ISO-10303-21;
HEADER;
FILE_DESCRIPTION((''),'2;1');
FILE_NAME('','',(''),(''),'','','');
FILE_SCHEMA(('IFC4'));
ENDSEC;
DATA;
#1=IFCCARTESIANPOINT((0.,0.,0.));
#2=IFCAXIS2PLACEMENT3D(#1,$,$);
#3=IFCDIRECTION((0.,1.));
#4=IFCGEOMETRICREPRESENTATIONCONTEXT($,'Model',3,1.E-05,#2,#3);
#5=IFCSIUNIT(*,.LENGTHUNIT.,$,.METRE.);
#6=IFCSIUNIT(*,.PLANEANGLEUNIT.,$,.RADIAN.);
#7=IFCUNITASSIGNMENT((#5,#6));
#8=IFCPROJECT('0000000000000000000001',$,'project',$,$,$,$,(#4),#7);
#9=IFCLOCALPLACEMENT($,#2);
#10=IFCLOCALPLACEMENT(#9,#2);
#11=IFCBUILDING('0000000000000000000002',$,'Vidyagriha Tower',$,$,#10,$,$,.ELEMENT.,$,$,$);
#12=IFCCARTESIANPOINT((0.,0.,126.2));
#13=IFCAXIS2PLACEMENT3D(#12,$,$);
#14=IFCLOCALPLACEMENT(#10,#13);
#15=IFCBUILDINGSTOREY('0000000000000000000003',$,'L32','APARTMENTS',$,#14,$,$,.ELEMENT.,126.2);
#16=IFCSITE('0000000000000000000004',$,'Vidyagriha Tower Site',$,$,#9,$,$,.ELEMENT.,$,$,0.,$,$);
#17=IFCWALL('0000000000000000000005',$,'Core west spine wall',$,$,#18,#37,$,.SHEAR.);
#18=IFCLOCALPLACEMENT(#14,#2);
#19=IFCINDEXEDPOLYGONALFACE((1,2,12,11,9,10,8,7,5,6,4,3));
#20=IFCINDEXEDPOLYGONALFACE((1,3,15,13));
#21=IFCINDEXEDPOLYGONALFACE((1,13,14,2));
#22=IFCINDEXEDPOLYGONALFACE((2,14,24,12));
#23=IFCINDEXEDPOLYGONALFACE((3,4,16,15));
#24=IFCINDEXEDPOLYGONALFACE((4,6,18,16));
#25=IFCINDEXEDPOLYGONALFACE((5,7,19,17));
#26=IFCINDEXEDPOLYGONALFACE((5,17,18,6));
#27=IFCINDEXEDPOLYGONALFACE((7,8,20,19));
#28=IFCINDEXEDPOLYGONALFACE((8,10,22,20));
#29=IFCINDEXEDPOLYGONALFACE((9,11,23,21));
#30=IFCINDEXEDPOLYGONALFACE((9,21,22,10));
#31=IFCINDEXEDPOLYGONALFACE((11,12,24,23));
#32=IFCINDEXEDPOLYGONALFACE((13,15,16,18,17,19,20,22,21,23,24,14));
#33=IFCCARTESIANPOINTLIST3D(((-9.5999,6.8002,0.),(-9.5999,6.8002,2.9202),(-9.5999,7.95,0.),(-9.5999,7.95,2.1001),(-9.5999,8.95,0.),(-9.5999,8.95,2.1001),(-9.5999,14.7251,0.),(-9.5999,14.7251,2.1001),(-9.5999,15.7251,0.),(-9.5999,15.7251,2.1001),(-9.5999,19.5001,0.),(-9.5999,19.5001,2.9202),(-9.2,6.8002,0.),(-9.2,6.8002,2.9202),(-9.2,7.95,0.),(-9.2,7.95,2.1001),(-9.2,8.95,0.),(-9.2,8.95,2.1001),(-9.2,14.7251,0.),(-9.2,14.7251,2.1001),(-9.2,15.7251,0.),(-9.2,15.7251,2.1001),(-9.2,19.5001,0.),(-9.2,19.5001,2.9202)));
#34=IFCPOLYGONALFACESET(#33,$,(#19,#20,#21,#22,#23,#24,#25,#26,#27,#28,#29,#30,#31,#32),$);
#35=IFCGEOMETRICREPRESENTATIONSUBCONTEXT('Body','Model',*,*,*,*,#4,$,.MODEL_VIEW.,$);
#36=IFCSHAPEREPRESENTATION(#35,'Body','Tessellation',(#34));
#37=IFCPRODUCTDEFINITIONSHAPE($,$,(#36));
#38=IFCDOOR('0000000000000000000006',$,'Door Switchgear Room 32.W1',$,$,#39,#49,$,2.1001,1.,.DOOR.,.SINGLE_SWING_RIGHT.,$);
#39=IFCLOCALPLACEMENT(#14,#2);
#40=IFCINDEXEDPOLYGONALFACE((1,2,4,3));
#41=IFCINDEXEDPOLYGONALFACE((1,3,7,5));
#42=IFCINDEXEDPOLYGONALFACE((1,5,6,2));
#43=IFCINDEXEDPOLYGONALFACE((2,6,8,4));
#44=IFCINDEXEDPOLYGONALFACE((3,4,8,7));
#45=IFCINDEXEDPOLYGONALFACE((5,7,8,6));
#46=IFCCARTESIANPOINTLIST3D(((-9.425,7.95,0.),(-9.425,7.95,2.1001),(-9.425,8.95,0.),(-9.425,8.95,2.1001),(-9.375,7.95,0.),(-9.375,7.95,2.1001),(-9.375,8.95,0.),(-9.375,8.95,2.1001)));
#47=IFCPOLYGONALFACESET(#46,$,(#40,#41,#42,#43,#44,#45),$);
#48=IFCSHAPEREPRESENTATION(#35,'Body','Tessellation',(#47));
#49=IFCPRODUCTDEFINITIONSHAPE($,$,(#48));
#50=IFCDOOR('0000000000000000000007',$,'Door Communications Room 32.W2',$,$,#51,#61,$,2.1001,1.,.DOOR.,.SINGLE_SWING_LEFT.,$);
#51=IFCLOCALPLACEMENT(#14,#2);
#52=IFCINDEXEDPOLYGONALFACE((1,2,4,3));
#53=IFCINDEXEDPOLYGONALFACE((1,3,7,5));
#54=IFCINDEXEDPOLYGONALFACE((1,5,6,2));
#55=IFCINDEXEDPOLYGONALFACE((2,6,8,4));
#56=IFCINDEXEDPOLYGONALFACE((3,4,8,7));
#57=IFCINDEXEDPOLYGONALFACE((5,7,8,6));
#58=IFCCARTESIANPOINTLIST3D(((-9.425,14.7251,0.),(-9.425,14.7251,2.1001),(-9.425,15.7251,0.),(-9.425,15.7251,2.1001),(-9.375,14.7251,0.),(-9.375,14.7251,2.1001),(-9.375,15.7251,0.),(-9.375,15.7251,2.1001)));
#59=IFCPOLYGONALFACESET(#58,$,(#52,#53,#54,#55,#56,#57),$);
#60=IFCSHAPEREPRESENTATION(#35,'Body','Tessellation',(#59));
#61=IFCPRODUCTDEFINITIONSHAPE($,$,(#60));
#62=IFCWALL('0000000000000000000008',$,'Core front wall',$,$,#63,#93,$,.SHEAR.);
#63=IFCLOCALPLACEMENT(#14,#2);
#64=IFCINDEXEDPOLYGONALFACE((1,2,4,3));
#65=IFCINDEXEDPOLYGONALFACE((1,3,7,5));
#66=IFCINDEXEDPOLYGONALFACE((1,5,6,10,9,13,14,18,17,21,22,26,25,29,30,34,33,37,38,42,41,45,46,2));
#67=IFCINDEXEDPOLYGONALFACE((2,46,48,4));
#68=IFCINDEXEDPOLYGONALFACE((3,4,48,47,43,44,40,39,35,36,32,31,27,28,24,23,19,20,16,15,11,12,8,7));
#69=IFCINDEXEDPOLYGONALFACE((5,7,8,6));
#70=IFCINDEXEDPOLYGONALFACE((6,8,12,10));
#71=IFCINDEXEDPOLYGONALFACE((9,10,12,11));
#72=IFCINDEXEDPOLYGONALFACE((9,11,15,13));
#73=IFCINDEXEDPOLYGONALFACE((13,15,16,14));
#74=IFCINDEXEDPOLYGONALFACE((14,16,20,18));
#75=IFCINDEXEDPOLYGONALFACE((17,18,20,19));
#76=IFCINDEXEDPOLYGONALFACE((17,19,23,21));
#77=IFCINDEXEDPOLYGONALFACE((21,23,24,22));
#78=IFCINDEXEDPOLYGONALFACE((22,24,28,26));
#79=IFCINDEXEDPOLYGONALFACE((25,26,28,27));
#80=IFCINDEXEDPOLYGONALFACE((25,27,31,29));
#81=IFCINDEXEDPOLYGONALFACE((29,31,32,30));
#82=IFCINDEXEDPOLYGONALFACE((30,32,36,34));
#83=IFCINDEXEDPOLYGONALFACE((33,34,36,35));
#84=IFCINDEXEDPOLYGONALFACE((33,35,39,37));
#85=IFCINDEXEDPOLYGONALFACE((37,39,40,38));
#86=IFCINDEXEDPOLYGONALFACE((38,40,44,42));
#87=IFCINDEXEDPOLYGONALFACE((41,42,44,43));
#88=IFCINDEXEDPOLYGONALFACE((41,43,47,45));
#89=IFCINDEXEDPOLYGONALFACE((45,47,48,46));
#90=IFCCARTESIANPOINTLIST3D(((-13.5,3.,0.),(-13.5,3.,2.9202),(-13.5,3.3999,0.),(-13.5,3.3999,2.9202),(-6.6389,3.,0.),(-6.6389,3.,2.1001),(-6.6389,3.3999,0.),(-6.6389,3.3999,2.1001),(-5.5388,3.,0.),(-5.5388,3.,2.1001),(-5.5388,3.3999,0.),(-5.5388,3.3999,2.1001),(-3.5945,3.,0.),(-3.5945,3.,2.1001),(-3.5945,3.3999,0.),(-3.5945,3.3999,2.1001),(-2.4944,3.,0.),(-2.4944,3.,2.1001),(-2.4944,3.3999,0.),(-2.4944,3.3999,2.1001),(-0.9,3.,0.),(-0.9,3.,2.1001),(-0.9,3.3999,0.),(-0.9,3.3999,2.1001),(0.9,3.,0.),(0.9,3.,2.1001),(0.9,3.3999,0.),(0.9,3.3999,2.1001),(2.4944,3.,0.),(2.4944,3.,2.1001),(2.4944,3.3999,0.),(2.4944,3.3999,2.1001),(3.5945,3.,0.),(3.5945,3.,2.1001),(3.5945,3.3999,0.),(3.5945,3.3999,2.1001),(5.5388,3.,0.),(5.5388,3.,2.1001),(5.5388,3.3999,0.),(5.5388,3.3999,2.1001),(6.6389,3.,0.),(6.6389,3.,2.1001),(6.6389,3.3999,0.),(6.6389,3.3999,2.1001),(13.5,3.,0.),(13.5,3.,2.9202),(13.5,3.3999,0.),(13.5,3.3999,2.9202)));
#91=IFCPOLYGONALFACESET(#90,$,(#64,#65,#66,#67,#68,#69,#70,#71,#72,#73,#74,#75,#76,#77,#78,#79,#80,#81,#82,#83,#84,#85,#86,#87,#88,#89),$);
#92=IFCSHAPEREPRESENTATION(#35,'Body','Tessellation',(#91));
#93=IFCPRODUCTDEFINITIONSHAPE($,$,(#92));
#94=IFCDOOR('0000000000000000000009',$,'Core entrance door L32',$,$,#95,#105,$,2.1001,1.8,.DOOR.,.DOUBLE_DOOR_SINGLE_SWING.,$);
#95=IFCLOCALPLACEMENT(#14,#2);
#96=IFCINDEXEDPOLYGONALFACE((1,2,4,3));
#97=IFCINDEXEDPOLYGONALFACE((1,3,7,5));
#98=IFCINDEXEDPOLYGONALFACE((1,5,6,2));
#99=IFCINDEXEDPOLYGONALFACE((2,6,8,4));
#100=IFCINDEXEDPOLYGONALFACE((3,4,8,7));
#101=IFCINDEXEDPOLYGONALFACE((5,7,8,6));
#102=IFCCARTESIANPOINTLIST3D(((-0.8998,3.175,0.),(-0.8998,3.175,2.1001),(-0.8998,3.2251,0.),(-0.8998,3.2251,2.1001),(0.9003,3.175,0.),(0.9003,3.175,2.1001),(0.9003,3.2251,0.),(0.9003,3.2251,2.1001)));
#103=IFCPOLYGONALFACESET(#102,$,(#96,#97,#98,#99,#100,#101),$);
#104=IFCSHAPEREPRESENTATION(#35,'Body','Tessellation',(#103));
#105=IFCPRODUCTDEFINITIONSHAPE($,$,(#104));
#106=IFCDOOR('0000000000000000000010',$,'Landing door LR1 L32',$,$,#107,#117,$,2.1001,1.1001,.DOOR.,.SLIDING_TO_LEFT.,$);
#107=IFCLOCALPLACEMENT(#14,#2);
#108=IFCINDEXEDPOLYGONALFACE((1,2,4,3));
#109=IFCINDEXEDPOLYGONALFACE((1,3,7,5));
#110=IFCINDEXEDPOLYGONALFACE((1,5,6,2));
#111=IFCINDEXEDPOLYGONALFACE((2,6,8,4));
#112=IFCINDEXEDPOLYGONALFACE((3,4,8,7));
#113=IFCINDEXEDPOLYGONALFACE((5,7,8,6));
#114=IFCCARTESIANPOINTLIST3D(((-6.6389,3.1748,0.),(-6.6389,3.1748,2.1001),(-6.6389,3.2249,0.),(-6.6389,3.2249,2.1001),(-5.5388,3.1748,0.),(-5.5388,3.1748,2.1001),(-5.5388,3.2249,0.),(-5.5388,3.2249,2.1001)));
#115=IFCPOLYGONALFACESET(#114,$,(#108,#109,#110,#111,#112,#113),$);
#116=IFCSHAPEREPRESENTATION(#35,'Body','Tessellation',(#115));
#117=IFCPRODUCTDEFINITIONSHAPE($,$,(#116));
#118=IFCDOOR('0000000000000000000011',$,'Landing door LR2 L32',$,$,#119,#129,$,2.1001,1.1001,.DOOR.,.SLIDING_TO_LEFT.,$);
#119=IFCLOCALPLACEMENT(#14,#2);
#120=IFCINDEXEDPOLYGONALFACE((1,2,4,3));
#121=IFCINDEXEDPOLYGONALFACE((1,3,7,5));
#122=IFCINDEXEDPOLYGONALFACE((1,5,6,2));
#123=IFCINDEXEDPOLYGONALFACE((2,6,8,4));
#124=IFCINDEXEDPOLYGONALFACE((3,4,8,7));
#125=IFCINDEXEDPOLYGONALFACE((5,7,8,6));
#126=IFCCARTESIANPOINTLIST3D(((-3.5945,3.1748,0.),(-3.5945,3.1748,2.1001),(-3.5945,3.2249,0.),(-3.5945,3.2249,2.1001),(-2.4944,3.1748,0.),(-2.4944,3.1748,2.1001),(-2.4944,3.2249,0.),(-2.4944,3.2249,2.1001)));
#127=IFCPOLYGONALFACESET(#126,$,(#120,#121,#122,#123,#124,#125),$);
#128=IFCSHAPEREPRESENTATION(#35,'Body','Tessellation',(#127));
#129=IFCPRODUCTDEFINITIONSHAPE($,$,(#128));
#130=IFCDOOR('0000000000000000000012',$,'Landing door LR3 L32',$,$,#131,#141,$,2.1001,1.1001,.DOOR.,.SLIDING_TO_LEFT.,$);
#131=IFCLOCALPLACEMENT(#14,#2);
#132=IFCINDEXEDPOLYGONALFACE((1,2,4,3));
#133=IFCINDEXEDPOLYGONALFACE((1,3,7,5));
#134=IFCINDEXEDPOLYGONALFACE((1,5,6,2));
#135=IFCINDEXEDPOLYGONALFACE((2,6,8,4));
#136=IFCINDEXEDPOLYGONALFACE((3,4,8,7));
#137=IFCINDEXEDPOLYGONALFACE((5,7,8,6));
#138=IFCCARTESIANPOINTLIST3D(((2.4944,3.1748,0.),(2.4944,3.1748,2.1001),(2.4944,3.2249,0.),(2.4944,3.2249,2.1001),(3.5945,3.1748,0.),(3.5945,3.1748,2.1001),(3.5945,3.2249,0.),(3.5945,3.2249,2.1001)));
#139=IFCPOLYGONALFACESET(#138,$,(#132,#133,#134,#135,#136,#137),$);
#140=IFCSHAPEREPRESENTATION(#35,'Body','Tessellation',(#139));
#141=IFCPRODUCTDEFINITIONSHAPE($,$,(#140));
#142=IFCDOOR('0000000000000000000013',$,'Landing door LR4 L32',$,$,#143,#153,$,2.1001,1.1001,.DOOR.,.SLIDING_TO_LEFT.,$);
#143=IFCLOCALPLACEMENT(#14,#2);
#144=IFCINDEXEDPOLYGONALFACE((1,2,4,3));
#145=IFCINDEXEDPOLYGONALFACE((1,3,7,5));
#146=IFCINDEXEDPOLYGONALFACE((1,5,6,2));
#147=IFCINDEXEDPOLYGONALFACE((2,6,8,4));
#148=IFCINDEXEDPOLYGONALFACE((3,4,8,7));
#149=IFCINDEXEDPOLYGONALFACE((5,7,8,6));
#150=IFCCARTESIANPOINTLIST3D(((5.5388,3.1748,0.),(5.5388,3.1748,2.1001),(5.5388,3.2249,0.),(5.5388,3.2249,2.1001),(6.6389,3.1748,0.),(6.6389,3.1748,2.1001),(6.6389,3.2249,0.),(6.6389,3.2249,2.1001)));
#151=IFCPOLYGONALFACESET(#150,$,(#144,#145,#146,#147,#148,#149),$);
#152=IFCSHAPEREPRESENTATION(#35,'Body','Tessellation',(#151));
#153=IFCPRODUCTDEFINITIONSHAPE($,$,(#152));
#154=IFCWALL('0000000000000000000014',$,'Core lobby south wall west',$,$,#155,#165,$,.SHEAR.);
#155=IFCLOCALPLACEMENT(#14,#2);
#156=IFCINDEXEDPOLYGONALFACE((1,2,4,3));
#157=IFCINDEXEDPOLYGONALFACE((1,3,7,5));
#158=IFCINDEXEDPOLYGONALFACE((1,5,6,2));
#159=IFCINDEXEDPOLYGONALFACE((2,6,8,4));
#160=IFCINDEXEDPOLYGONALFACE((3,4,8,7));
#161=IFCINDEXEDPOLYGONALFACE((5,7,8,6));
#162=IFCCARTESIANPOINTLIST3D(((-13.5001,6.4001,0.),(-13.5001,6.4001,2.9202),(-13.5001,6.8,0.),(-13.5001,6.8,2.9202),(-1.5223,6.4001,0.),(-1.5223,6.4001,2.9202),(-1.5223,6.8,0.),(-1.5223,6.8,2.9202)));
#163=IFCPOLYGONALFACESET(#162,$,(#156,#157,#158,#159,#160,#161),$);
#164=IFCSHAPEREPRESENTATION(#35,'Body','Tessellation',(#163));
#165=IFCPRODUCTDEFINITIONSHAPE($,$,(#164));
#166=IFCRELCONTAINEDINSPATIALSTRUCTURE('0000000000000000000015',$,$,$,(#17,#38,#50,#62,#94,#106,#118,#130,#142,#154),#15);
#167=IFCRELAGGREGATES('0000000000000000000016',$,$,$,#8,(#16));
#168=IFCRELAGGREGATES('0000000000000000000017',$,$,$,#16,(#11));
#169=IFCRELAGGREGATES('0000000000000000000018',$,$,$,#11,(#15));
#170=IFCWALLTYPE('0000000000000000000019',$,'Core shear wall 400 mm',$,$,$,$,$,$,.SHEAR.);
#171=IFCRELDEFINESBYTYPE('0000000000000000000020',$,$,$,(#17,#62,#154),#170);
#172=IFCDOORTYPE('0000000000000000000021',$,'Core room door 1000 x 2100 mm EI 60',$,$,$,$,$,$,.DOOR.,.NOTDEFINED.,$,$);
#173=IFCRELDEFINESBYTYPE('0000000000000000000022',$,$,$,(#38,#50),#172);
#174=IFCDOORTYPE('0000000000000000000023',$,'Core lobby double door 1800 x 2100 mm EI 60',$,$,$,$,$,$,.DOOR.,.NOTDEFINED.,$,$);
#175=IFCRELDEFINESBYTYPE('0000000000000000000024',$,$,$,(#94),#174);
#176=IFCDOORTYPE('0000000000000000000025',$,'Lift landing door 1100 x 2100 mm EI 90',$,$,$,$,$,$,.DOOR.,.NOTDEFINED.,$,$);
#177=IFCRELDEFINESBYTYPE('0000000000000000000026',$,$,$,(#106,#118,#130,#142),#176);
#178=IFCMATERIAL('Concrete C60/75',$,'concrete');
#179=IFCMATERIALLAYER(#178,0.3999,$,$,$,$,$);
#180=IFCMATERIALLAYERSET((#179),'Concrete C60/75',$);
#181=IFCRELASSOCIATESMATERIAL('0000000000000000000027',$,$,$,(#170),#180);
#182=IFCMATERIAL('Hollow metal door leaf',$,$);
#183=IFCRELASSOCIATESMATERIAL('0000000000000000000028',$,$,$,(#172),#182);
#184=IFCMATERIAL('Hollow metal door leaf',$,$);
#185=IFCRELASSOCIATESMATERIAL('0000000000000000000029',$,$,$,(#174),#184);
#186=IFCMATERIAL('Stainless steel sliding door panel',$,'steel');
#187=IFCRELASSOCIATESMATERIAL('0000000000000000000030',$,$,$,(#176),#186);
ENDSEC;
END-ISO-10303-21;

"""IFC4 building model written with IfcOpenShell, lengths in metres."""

from ifc_helpers import new_model, si_unit, direction, frame, frame_2d, origin, place, context, subcontext, project, spatial, rectangle, extrude, material, layer, layer_set, type_object, element, fill, save


model = new_model("IFC4")

# Units and contexts
model_context = context("Model", 3, precision=1e-05, world=origin(), true_north=direction((0.0, 1.0)))
body_context = subcontext(model_context, "Body", "Model", "MODEL_VIEW")
ifc_project = project(units=[si_unit("LENGTHUNIT", "METRE"), si_unit("PLANEANGLEUNIT", "RADIAN")], contexts=[model_context])

# Site, building, storey
site_placement = place(None, origin())
site = spatial("IfcSite", under=ifc_project, at=site_placement, Name="Vidyagriha Tower Site", CompositionType="ELEMENT", RefElevation=0.0)
building_placement = place(site_placement, origin())
building = spatial("IfcBuilding", under=site, at=building_placement, Name="Vidyagriha Tower", CompositionType="ELEMENT")
storey_placement = place(building_placement, frame((0.0, 0.0, 126.2)))
storey = spatial("IfcBuildingStorey", under=building, at=storey_placement, Name="L32", Description="APARTMENTS", CompositionType="ELEMENT", Elevation=126.2)

# Walls, openings, doors
ifc_material_1 = material(Name="Concrete C60/75", Category="concrete")
ifc_layer_1 = layer(ifc_material_1, 0.3999)
ifc_layer_set_1 = layer_set([ifc_layer_1], Name="Concrete C60/75")
wall_type_1 = type_object("IfcWallType", Name="Core shear wall 400 mm", PredefinedType="SHEAR", material=ifc_layer_set_1)
wall_1_placement = place(storey_placement, frame((-9.3999, 6.8, 0.0), z_axis=(0.0, 0.0, 1.0), x_axis=(0.0, 1.0, 0.0)))
wall_1 = element("IfcWall", 1, at=wall_1_placement, inside=storey, type_object=wall_type_1, Name="Core west spine wall", PredefinedType="SHEAR", context=body_context, shape_type="SweptSolid", body=[
    extrude(rectangle(XDim=12.7, YDim=0.3999, at=frame_2d((6.3501, 0.0))), origin(), (0.0, 0.0, 1.0), 2.9202),
])
opening_1_placement = place(wall_1_placement, frame((1.1499, 0.0, 0.0)))
opening_1 = element("IfcOpeningElement", 2, at=opening_1_placement, cuts=wall_1, PredefinedType="OPENING", context=body_context, shape_type="SweptSolid", body=[
    extrude(rectangle(XDim=1.0, YDim=2.1001, at=frame_2d((0.5, 1.05))), frame((0.0, 0.21, 0.0), z_axis=(0.0, -1.0, 0.0), x_axis=(1.0, 0.0, 0.0)), (0.0, 0.0, 1.0), 0.4199),
])
opening_2_placement = place(wall_1_placement, frame((7.925, 0.0, 0.0)))
opening_2 = element("IfcOpeningElement", 3, at=opening_2_placement, cuts=wall_1, PredefinedType="OPENING", context=body_context, shape_type="SweptSolid", body=[
    extrude(rectangle(XDim=1.0, YDim=2.1001, at=frame_2d((0.5, 1.05))), frame((0.0, 0.21, 0.0), z_axis=(0.0, -1.0, 0.0), x_axis=(1.0, 0.0, 0.0)), (0.0, 0.0, 1.0), 0.4199),
])
ifc_material_2 = material(Name="Hollow metal door leaf")
door_type_1 = type_object("IfcDoorType", Name="Core room door 1000 x 2100 mm EI 60", OperationType="NOTDEFINED", PredefinedType="DOOR", material=ifc_material_2)
door_1_placement = place(opening_1_placement, frame((1.0, 0.0, 0.0), z_axis=(0.0, 0.0, 1.0), x_axis=(-1.0, 0.0, 0.0)))
door_1 = element("IfcDoor", 4, at=door_1_placement, inside=storey, type_object=door_type_1, Name="Door Switchgear Room 32.W1", OperationType="SINGLE_SWING_RIGHT", OverallHeight=2.1001, OverallWidth=1.0, PredefinedType="DOOR", context=body_context, shape_type="SweptSolid", body=[
    extrude(rectangle(XDim=1.0, YDim=2.1001, at=frame_2d((0.5, 1.05))), frame((0.0, 0.0249, 0.0), z_axis=(0.0, -1.0, 0.0), x_axis=(1.0, 0.0, 0.0)), (0.0, 0.0, 1.0), 0.05),
])
fill(opening_1, door_1)
door_2_placement = place(opening_2_placement, frame((1.0, 0.0, 0.0), z_axis=(0.0, 0.0, 1.0), x_axis=(-1.0, 0.0, 0.0)))
door_2 = element("IfcDoor", 5, at=door_2_placement, inside=storey, type_object=door_type_1, Name="Door Communications Room 32.W2", OperationType="SINGLE_SWING_LEFT", OverallHeight=2.1001, OverallWidth=1.0, PredefinedType="DOOR", context=body_context, shape_type="SweptSolid", body=[
    extrude(rectangle(XDim=1.0, YDim=2.1001, at=frame_2d((0.5, 1.05))), frame((0.0, 0.0249, 0.0), z_axis=(0.0, -1.0, 0.0), x_axis=(1.0, 0.0, 0.0)), (0.0, 0.0, 1.0), 0.05),
])
fill(opening_2, door_2)
wall_2_placement = place(storey_placement, frame((-13.5, 3.2, 0.0)))
wall_2 = element("IfcWall", 6, at=wall_2_placement, inside=storey, type_object=wall_type_1, Name="Core front wall", PredefinedType="SHEAR", context=body_context, shape_type="SweptSolid", body=[
    extrude(rectangle(XDim=27.0, YDim=0.3999, at=frame_2d((13.5, 0.0))), origin(), (0.0, 0.0, 1.0), 2.9202),
])
opening_3_placement = place(wall_2_placement, frame((6.8611, 0.0, 0.0)))
opening_3 = element("IfcOpeningElement", 7, at=opening_3_placement, cuts=wall_2, PredefinedType="OPENING", context=body_context, shape_type="SweptSolid", body=[
    extrude(rectangle(XDim=1.1001, YDim=2.1001, at=frame_2d((0.55, 1.05))), frame((0.0, 0.21, 0.0), z_axis=(0.0, -1.0, 0.0), x_axis=(1.0, 0.0, 0.0)), (0.0, 0.0, 1.0), 0.4199),
])
opening_4_placement = place(wall_2_placement, frame((9.9055, 0.0, 0.0)))
opening_4 = element("IfcOpeningElement", 8, at=opening_4_placement, cuts=wall_2, PredefinedType="OPENING", context=body_context, shape_type="SweptSolid", body=[
    extrude(rectangle(XDim=1.1001, YDim=2.1001, at=frame_2d((0.55, 1.05))), frame((0.0, 0.21, 0.0), z_axis=(0.0, -1.0, 0.0), x_axis=(1.0, 0.0, 0.0)), (0.0, 0.0, 1.0), 0.4199),
])
opening_5_placement = place(wall_2_placement, frame((15.9944, 0.0, 0.0)))
opening_5 = element("IfcOpeningElement", 9, at=opening_5_placement, cuts=wall_2, PredefinedType="OPENING", context=body_context, shape_type="SweptSolid", body=[
    extrude(rectangle(XDim=1.1001, YDim=2.1001, at=frame_2d((0.55, 1.05))), frame((0.0, 0.21, 0.0), z_axis=(0.0, -1.0, 0.0), x_axis=(1.0, 0.0, 0.0)), (0.0, 0.0, 1.0), 0.4199),
])
opening_6_placement = place(wall_2_placement, frame((19.0388, 0.0, 0.0)))
opening_6 = element("IfcOpeningElement", 10, at=opening_6_placement, cuts=wall_2, PredefinedType="OPENING", context=body_context, shape_type="SweptSolid", body=[
    extrude(rectangle(XDim=1.1001, YDim=2.1001, at=frame_2d((0.55, 1.05))), frame((0.0, 0.21, 0.0), z_axis=(0.0, -1.0, 0.0), x_axis=(1.0, 0.0, 0.0)), (0.0, 0.0, 1.0), 0.4199),
])
opening_7_placement = place(wall_2_placement, frame((12.6001, 0.0, 0.0)))
opening_7 = element("IfcOpeningElement", 11, at=opening_7_placement, cuts=wall_2, PredefinedType="OPENING", context=body_context, shape_type="SweptSolid", body=[
    extrude(rectangle(XDim=1.8, YDim=2.1001, at=frame_2d((0.8999, 1.05))), frame((0.0, 0.21, 0.0), z_axis=(0.0, -1.0, 0.0), x_axis=(1.0, 0.0, 0.0)), (0.0, 0.0, 1.0), 0.4199),
])
ifc_material_3 = material(Name="Hollow metal door leaf")
door_type_2 = type_object("IfcDoorType", Name="Core lobby double door 1800 x 2100 mm EI 60", OperationType="NOTDEFINED", PredefinedType="DOOR", material=ifc_material_3)
door_3_placement = place(opening_7_placement, frame((1.8, 0.0, 0.0), z_axis=(0.0, 0.0, 1.0), x_axis=(-1.0, 0.0, 0.0)))
door_3 = element("IfcDoor", 12, at=door_3_placement, inside=storey, type_object=door_type_2, Name="Core entrance door L32", OperationType="DOUBLE_DOOR_SINGLE_SWING", OverallHeight=2.1001, OverallWidth=1.8, PredefinedType="DOOR", context=body_context, shape_type="SweptSolid", body=[
    extrude(rectangle(XDim=1.8, YDim=2.1001, at=frame_2d((0.8999, 1.05))), frame((0.0, 0.0249, 0.0), z_axis=(0.0, -1.0, 0.0), x_axis=(1.0, 0.0, 0.0)), (0.0, 0.0, 1.0), 0.05),
])
fill(opening_7, door_3)
ifc_material_4 = material(Name="Stainless steel sliding door panel", Category="steel")
door_type_3 = type_object("IfcDoorType", Name="Lift landing door 1100 x 2100 mm EI 90", OperationType="NOTDEFINED", PredefinedType="DOOR", material=ifc_material_4)
door_4_placement = place(opening_3_placement, origin())
door_4 = element("IfcDoor", 13, at=door_4_placement, inside=storey, type_object=door_type_3, Name="Landing door LR1 L32", OperationType="SLIDING_TO_LEFT", OverallHeight=2.1001, OverallWidth=1.1001, PredefinedType="DOOR", context=body_context, shape_type="SweptSolid", body=[
    extrude(rectangle(XDim=1.1001, YDim=2.1001, at=frame_2d((0.55, 1.05))), frame((0.0, 0.0249, 0.0), z_axis=(0.0, -1.0, 0.0), x_axis=(1.0, 0.0, 0.0)), (0.0, 0.0, 1.0), 0.05),
])
fill(opening_3, door_4)
door_5_placement = place(opening_4_placement, origin())
door_5 = element("IfcDoor", 14, at=door_5_placement, inside=storey, type_object=door_type_3, Name="Landing door LR2 L32", OperationType="SLIDING_TO_LEFT", OverallHeight=2.1001, OverallWidth=1.1001, PredefinedType="DOOR", context=body_context, shape_type="SweptSolid", body=[
    extrude(rectangle(XDim=1.1001, YDim=2.1001, at=frame_2d((0.55, 1.05))), frame((0.0, 0.0249, 0.0), z_axis=(0.0, -1.0, 0.0), x_axis=(1.0, 0.0, 0.0)), (0.0, 0.0, 1.0), 0.05),
])
fill(opening_4, door_5)
door_6_placement = place(opening_5_placement, origin())
door_6 = element("IfcDoor", 15, at=door_6_placement, inside=storey, type_object=door_type_3, Name="Landing door LR3 L32", OperationType="SLIDING_TO_LEFT", OverallHeight=2.1001, OverallWidth=1.1001, PredefinedType="DOOR", context=body_context, shape_type="SweptSolid", body=[
    extrude(rectangle(XDim=1.1001, YDim=2.1001, at=frame_2d((0.55, 1.05))), frame((0.0, 0.0249, 0.0), z_axis=(0.0, -1.0, 0.0), x_axis=(1.0, 0.0, 0.0)), (0.0, 0.0, 1.0), 0.05),
])
fill(opening_5, door_6)
door_7_placement = place(opening_6_placement, origin())
door_7 = element("IfcDoor", 16, at=door_7_placement, inside=storey, type_object=door_type_3, Name="Landing door LR4 L32", OperationType="SLIDING_TO_LEFT", OverallHeight=2.1001, OverallWidth=1.1001, PredefinedType="DOOR", context=body_context, shape_type="SweptSolid", body=[
    extrude(rectangle(XDim=1.1001, YDim=2.1001, at=frame_2d((0.55, 1.05))), frame((0.0, 0.0249, 0.0), z_axis=(0.0, -1.0, 0.0), x_axis=(1.0, 0.0, 0.0)), (0.0, 0.0, 1.0), 0.05),
])
fill(opening_6, door_7)

# Wall
wall_3_placement = place(storey_placement, frame((-13.5, 6.6001, 0.0)))
element("IfcWall", 17, at=wall_3_placement, inside=storey, type_object=wall_type_1, Name="Core lobby south wall west", PredefinedType="SHEAR", context=body_context, shape_type="SweptSolid", body=[
    extrude(rectangle(XDim=11.9778, YDim=0.3999, at=frame_2d((5.9888, 0.0))), origin(), (0.0, 0.0, 1.0), 2.9202),
])

save(model, "model.ifc")
